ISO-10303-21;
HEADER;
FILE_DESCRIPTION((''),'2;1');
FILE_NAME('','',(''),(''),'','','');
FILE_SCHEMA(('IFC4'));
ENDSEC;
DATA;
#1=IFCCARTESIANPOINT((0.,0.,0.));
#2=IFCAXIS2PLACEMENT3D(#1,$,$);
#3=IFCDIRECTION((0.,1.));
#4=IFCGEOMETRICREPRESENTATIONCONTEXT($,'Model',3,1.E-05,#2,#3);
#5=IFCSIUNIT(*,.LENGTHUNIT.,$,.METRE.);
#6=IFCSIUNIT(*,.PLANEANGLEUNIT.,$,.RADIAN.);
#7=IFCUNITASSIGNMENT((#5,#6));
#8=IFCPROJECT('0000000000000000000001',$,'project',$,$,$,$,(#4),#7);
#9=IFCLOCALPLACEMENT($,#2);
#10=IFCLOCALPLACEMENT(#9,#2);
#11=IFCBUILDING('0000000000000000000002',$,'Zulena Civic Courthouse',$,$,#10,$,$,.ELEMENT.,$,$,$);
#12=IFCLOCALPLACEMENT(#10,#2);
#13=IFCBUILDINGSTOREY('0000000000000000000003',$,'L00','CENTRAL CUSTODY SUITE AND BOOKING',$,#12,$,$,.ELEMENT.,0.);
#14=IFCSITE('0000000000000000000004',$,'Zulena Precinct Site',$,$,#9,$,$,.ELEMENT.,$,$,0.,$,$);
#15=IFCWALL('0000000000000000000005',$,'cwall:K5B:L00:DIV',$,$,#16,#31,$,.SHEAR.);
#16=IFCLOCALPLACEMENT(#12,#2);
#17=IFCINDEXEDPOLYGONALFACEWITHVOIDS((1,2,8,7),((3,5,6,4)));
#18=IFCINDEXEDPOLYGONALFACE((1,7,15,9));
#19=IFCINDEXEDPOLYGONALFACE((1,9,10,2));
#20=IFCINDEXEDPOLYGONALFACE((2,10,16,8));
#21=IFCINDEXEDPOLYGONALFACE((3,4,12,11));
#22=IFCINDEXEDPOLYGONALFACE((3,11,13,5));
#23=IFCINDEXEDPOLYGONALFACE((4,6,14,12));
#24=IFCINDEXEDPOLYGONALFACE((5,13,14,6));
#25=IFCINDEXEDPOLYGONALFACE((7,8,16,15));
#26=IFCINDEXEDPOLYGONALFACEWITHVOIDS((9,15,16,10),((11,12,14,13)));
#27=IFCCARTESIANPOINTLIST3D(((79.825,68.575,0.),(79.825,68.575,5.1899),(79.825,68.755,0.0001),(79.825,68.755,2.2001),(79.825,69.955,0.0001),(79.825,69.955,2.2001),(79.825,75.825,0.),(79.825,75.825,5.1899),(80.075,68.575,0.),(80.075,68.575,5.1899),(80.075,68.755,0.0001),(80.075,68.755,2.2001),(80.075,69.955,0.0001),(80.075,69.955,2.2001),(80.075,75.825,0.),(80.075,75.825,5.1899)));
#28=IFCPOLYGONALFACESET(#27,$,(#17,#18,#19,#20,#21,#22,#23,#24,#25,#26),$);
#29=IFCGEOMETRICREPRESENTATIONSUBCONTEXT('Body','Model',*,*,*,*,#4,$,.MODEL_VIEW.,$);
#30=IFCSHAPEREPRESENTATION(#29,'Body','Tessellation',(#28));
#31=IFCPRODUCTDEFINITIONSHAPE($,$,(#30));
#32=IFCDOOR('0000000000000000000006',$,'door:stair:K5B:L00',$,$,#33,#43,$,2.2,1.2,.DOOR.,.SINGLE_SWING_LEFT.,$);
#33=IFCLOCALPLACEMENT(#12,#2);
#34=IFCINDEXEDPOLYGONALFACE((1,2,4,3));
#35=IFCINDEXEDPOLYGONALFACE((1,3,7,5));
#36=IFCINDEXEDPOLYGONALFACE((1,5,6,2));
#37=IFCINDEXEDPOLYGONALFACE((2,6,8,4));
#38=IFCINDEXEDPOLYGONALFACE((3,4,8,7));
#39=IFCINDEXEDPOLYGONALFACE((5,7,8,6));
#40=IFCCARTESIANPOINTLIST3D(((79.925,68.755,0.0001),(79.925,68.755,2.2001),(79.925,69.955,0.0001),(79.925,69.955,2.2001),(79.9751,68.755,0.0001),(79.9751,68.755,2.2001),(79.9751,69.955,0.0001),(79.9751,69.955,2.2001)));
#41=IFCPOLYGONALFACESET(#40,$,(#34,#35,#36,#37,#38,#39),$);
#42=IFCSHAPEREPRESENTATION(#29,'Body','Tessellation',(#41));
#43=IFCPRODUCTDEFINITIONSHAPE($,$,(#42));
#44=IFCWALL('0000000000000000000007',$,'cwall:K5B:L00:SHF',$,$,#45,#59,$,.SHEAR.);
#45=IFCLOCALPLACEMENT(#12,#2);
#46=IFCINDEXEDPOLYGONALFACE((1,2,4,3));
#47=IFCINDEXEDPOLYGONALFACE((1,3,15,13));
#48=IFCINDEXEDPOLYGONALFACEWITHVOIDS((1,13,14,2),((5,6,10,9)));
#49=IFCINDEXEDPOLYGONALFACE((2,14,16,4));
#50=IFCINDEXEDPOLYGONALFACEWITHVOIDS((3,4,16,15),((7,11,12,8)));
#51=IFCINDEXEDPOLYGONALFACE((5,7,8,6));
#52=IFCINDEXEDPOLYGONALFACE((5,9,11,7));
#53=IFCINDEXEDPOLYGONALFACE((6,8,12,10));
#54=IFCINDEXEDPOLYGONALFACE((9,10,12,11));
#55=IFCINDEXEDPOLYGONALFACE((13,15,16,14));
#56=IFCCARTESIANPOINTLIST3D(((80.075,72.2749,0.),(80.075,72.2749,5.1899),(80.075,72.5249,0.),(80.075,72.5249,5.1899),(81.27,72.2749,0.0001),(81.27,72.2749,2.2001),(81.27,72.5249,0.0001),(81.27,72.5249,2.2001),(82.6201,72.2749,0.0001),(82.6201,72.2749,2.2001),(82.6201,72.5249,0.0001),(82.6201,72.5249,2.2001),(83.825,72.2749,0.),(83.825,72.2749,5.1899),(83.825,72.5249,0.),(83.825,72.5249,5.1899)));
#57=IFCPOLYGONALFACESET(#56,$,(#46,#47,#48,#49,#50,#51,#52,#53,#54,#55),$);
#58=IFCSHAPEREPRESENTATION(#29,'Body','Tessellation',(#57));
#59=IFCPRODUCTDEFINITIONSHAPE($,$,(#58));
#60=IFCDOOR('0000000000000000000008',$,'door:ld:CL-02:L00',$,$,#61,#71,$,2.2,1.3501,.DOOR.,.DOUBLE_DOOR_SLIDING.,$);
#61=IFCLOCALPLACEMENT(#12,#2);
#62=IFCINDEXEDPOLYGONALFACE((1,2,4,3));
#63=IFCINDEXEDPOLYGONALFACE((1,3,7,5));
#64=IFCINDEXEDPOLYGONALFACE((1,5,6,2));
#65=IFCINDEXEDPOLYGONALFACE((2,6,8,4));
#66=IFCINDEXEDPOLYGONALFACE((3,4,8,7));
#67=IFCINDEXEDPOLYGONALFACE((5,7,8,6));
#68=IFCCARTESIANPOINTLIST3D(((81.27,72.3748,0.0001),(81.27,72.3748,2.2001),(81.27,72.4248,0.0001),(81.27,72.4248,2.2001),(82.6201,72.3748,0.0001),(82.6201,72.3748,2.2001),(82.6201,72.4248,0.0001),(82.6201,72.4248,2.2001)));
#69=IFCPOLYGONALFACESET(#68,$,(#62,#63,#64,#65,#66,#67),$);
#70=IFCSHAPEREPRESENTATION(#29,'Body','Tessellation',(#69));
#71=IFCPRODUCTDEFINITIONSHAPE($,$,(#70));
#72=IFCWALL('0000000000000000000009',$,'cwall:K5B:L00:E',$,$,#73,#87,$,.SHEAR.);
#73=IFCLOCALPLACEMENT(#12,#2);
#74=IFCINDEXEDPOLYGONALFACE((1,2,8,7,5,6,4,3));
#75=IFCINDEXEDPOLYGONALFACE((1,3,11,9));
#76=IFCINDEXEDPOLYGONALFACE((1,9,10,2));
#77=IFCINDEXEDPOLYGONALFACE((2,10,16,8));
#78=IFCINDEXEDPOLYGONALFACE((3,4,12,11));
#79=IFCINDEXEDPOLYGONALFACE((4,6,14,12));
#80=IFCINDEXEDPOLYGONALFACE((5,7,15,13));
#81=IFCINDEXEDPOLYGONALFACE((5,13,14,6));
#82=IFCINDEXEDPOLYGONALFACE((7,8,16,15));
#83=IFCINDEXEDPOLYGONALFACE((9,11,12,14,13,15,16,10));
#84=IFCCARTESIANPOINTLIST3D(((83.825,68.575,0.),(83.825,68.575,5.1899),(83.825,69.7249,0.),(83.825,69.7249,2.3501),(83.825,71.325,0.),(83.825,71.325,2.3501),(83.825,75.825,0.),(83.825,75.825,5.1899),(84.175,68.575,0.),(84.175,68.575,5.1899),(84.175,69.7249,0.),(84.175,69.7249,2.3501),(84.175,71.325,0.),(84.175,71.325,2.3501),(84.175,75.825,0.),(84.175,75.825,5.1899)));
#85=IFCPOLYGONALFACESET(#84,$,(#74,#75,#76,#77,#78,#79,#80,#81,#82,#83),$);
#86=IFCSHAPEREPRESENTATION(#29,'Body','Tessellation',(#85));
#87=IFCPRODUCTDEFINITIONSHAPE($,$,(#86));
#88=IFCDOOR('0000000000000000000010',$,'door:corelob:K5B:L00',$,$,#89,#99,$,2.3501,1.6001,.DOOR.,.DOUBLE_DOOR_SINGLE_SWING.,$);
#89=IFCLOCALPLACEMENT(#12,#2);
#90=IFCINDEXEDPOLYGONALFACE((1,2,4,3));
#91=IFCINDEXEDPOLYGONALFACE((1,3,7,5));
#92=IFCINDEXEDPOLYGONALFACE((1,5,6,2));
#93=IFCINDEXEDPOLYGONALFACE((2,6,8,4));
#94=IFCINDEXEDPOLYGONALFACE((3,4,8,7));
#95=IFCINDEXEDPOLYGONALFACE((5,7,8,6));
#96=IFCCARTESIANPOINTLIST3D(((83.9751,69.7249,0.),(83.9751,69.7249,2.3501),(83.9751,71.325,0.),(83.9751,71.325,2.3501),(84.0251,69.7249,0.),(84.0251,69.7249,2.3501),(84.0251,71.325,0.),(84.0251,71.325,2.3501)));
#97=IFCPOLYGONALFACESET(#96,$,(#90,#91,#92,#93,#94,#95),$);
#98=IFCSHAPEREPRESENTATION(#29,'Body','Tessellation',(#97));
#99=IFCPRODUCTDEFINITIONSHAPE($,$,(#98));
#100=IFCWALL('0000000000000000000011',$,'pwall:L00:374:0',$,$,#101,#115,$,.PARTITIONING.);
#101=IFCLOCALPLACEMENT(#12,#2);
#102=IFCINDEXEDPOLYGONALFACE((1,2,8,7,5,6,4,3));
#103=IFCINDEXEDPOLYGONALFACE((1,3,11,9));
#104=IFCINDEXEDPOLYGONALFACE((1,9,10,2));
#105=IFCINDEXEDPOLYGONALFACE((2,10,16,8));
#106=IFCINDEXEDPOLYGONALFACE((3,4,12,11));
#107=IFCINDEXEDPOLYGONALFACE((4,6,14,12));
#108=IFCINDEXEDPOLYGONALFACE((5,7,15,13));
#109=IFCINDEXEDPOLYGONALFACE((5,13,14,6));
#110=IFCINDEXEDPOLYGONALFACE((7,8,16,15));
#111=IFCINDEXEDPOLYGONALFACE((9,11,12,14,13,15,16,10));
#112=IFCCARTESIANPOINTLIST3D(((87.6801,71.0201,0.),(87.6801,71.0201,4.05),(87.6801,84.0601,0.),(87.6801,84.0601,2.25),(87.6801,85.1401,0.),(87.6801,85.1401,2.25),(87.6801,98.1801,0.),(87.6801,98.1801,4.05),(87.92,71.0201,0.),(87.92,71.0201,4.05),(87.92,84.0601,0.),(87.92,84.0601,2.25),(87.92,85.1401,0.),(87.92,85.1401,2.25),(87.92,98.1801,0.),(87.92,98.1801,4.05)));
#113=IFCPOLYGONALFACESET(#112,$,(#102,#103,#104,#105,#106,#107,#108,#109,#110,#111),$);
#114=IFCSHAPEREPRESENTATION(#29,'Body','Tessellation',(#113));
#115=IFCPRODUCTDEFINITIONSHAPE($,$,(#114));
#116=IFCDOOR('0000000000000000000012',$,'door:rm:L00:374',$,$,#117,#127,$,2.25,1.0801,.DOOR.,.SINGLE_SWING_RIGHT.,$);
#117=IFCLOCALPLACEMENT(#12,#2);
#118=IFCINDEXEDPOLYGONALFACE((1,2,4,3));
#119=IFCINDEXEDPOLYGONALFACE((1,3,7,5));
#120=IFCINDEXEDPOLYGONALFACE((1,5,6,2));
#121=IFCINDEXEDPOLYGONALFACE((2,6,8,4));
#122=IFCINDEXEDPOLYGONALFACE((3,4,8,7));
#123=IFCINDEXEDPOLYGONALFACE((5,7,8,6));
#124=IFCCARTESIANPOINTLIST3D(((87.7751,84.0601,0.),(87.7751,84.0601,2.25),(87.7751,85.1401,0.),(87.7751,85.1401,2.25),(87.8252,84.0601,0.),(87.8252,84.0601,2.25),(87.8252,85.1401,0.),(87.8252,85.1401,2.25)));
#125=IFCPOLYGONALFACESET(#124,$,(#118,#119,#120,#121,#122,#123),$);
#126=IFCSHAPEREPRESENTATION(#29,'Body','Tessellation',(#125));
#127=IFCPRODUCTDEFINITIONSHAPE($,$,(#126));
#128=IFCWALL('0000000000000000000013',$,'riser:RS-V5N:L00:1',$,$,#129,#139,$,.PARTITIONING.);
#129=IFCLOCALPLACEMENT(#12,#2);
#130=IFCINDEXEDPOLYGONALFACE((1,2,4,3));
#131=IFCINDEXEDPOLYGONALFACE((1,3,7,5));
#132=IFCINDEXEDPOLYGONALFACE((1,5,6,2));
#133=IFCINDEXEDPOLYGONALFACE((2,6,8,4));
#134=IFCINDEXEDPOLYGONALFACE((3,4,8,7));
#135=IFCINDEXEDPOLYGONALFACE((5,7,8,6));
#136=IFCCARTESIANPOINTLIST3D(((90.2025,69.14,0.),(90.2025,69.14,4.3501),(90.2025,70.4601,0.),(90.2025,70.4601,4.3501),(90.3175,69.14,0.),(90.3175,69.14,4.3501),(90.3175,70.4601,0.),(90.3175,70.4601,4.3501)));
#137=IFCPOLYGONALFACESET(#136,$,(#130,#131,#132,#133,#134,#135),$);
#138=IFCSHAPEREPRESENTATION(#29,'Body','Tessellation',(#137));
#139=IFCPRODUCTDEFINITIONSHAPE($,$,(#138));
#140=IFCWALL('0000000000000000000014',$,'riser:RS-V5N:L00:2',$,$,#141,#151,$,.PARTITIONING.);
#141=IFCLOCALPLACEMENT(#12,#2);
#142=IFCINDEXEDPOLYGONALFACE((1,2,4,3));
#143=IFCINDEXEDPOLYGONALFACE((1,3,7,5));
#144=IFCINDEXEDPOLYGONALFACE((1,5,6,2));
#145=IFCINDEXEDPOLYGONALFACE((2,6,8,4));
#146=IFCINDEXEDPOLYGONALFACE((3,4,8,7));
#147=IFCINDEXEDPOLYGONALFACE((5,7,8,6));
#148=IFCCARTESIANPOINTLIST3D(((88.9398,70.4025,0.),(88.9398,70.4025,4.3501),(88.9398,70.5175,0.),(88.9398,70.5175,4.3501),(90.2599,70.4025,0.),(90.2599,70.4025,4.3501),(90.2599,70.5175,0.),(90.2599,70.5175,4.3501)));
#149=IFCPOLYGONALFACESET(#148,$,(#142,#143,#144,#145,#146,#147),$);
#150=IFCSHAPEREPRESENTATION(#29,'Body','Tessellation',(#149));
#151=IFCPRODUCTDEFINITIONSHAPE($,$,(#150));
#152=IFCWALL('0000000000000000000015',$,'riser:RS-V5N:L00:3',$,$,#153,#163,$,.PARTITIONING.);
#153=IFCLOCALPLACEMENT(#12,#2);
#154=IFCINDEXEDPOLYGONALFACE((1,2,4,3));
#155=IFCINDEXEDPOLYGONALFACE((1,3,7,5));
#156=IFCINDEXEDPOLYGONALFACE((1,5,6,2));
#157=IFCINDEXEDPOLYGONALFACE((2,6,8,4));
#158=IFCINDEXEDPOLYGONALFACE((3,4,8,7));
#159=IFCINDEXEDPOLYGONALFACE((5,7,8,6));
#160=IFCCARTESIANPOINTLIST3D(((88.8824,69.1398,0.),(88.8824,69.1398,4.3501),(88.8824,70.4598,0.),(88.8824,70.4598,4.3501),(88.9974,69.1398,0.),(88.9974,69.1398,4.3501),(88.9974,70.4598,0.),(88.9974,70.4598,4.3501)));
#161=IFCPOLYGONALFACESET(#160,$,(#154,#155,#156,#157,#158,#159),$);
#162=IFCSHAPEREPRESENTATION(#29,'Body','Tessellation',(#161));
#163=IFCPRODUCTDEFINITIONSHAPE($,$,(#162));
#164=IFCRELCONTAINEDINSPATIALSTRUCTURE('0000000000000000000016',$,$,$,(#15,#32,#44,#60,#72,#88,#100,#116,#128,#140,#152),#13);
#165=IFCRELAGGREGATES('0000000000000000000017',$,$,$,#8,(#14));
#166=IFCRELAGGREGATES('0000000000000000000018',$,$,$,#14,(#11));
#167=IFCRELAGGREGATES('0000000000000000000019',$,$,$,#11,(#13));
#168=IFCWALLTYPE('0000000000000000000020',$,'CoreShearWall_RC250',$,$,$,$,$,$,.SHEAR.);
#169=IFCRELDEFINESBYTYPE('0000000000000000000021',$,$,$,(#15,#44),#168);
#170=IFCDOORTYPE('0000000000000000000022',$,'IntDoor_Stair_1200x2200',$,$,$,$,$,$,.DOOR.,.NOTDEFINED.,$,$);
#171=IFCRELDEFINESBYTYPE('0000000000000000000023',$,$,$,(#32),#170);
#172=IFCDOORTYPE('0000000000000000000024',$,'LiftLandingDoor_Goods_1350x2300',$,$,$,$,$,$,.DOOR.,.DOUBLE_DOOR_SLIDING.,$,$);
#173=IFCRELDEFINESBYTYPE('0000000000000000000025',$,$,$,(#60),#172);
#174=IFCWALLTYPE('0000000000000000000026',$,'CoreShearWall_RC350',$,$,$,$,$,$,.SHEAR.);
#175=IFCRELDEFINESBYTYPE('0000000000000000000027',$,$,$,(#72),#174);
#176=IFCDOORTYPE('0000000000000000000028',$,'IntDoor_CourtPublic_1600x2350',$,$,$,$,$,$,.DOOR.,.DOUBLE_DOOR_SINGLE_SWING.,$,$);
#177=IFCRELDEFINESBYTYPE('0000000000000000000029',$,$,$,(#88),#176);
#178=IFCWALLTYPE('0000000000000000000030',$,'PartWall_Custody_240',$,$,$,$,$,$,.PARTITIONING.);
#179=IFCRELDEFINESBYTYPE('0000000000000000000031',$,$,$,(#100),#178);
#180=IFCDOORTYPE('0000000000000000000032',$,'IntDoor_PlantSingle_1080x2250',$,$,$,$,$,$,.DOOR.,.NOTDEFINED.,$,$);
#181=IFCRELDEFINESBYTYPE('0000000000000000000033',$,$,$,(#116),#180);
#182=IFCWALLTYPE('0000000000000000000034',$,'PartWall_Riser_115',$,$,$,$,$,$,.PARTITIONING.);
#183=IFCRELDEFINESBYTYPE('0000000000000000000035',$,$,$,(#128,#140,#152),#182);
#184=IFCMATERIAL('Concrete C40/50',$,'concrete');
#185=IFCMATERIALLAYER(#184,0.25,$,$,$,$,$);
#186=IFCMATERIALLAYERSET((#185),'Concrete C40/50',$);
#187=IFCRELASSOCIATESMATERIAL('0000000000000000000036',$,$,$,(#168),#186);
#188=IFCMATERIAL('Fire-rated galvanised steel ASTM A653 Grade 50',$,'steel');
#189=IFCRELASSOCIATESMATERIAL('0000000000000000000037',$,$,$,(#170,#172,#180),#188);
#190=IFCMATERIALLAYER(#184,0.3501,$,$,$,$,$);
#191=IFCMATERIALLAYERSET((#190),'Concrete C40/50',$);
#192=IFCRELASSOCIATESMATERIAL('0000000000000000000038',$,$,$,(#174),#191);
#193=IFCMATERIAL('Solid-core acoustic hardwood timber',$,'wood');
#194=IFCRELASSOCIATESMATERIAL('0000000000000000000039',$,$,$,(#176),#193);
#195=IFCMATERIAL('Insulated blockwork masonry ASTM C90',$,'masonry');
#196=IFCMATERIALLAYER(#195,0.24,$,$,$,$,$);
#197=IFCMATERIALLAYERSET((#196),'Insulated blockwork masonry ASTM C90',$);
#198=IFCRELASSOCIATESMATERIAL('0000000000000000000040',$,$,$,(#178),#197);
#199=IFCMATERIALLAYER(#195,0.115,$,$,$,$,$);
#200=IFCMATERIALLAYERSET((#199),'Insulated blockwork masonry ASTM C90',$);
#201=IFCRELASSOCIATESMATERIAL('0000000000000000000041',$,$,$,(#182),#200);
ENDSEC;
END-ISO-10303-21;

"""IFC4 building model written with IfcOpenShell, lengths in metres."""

from ifc_helpers import new_model, si_unit, direction, frame, frame_2d, origin, place, context, subcontext, project, spatial, rectangle, extrude, material, layer, layer_set, type_object, element, fill, save


model = new_model("IFC4")

# Units and contexts
model_context = context("Model", 3, precision=1e-05, world=origin(), true_north=direction((0.0, 1.0)))
body_context = subcontext(model_context, "Body", "Model", "MODEL_VIEW")
ifc_project = project(units=[si_unit("LENGTHUNIT", "METRE"), si_unit("PLANEANGLEUNIT", "RADIAN")], contexts=[model_context])

# Site, building, storey
site_placement = place(None, origin())
site = spatial("IfcSite", under=ifc_project, at=site_placement, Name="Zulena Precinct Site", CompositionType="ELEMENT", RefElevation=0.0)
building_placement = place(site_placement, origin())
building = spatial("IfcBuilding", under=site, at=building_placement, Name="Zulena Civic Courthouse", CompositionType="ELEMENT")
storey_placement = place(building_placement, origin())
storey = spatial("IfcBuildingStorey", under=building, at=storey_placement, Name="L00", Description="CENTRAL CUSTODY SUITE AND BOOKING", CompositionType="ELEMENT", Elevation=0.0)

# Walls, openings, doors
ifc_material_1 = material(Name="Concrete C40/50", Category="concrete")
ifc_layer_1 = layer(ifc_material_1, 0.25)
ifc_layer_set_1 = layer_set([ifc_layer_1], Name="Concrete C40/50")
wall_type_1 = type_object("IfcWallType", Name="CoreShearWall_RC250", PredefinedType="SHEAR", material=ifc_layer_set_1)
wall_1_placement = place(storey_placement, frame((79.95, 68.575, 0.0), z_axis=(0.0, 0.0, 1.0), x_axis=(0.0, 1.0, 0.0)))
wall_1 = element("IfcWall", 1, at=wall_1_placement, inside=storey, type_object=wall_type_1, Name="cwall:K5B:L00:DIV", PredefinedType="SHEAR", context=body_context, shape_type="SweptSolid", body=[
    extrude(rectangle(XDim=7.25, YDim=0.25, at=frame_2d((3.625, 0.0))), origin(), (0.0, 0.0, 1.0), 5.1899),
])
opening_1_placement = place(wall_1_placement, frame((0.1799, 0.0, 0.0)))
opening_1 = element("IfcOpeningElement", 2, at=opening_1_placement, cuts=wall_1, PredefinedType="OPENING", context=body_context, shape_type="SweptSolid", body=[
    extrude(rectangle(XDim=1.2, YDim=2.2, at=frame_2d((0.6001, 1.1001))), frame((0.0, 0.135, 0.0), z_axis=(0.0, -1.0, 0.0), x_axis=(1.0, 0.0, 0.0)), (0.0, 0.0, 1.0), 0.27),
])
ifc_material_2 = material(Name="Fire-rated galvanised steel ASTM A653 Grade 50", Category="steel")
door_type_1 = type_object("IfcDoorType", Name="IntDoor_Stair_1200x2200", OperationType="NOTDEFINED", PredefinedType="DOOR", material=ifc_material_2)
door_1_placement = place(opening_1_placement, origin())
door_1 = element("IfcDoor", 3, at=door_1_placement, inside=storey, type_object=door_type_1, Name="door:stair:K5B:L00", OperationType="SINGLE_SWING_LEFT", OverallHeight=2.2, OverallWidth=1.2, PredefinedType="DOOR", context=body_context, shape_type="SweptSolid", body=[
    extrude(rectangle(XDim=1.2, YDim=2.2, at=frame_2d((0.6001, 1.1001))), frame((0.0, 0.0249, 0.0), z_axis=(0.0, -1.0, 0.0), x_axis=(1.0, 0.0, 0.0)), (0.0, 0.0, 1.0), 0.05),
])
fill(opening_1, door_1)
wall_2_placement = place(storey_placement, frame((80.075, 72.3999, 0.0), z_axis=(0.0, 0.0, 1.0), x_axis=(1.0, 0.0, 0.0)))
wall_2 = element("IfcWall", 4, at=wall_2_placement, inside=storey, type_object=wall_type_1, Name="cwall:K5B:L00:SHF", PredefinedType="SHEAR", context=body_context, shape_type="SweptSolid", body=[
    extrude(rectangle(XDim=3.75, YDim=0.25, at=frame_2d((1.875, 0.0))), origin(), (0.0, 0.0, 1.0), 5.1899),
])
opening_2_placement = place(wall_2_placement, frame((1.1951, 0.0, 0.0)))
opening_2 = element("IfcOpeningElement", 5, at=opening_2_placement, cuts=wall_2, PredefinedType="OPENING", context=body_context, shape_type="SweptSolid", body=[
    extrude(rectangle(XDim=1.3501, YDim=2.2, at=frame_2d((0.675, 1.1001))), frame((0.0, 0.135, 0.0), z_axis=(0.0, -1.0, 0.0), x_axis=(1.0, 0.0, 0.0)), (0.0, 0.0, 1.0), 0.27),
])
door_type_2 = type_object("IfcDoorType", Name="LiftLandingDoor_Goods_1350x2300", OperationType="DOUBLE_DOOR_SLIDING", PredefinedType="DOOR", material=ifc_material_2)
door_2_placement = place(opening_2_placement, origin())
door_2 = element("IfcDoor", 6, at=door_2_placement, inside=storey, type_object=door_type_2, Name="door:ld:CL-02:L00", OperationType="DOUBLE_DOOR_SLIDING", OverallHeight=2.2, OverallWidth=1.3501, PredefinedType="DOOR", context=body_context, shape_type="SweptSolid", body=[
    extrude(rectangle(XDim=1.3501, YDim=2.2, at=frame_2d((0.675, 1.1001))), frame((0.0, 0.0249, 0.0), z_axis=(0.0, -1.0, 0.0), x_axis=(1.0, 0.0, 0.0)), (0.0, 0.0, 1.0), 0.05),
])
fill(opening_2, door_2)
ifc_layer_2 = layer(ifc_material_1, 0.3501)
ifc_layer_set_2 = layer_set([ifc_layer_2], Name="Concrete C40/50")
wall_type_2 = type_object("IfcWallType", Name="CoreShearWall_RC350", PredefinedType="SHEAR", material=ifc_layer_set_2)
wall_3_placement = place(storey_placement, frame((84.0, 68.575, 0.0), z_axis=(0.0, 0.0, 1.0), x_axis=(0.0, 1.0, 0.0)))
wall_3 = element("IfcWall", 7, at=wall_3_placement, inside=storey, type_object=wall_type_2, Name="cwall:K5B:L00:E", PredefinedType="SHEAR", context=body_context, shape_type="SweptSolid", body=[
    extrude(rectangle(XDim=7.25, YDim=0.3501, at=frame_2d((3.625, 0.0))), origin(), (0.0, 0.0, 1.0), 5.1899),
])
opening_3_placement = place(wall_3_placement, frame((1.1499, 0.0, 0.0)))
opening_3 = element("IfcOpeningElement", 8, at=opening_3_placement, cuts=wall_3, PredefinedType="OPENING", context=body_context, shape_type="SweptSolid", body=[
    extrude(rectangle(XDim=1.6001, YDim=2.3501, at=frame_2d((0.8, 1.175))), frame((0.0, 0.1851, 0.0), z_axis=(0.0, -1.0, 0.0), x_axis=(1.0, 0.0, 0.0)), (0.0, 0.0, 1.0), 0.3701),
])
ifc_material_3 = material(Name="Solid-core acoustic hardwood timber", Category="wood")
door_type_3 = type_object("IfcDoorType", Name="IntDoor_CourtPublic_1600x2350", OperationType="DOUBLE_DOOR_SINGLE_SWING", PredefinedType="DOOR", material=ifc_material_3)
door_3_placement = place(opening_3_placement, origin())
door_3 = element("IfcDoor", 9, at=door_3_placement, inside=storey, type_object=door_type_3, Name="door:corelob:K5B:L00", OperationType="DOUBLE_DOOR_SINGLE_SWING", OverallHeight=2.3501, OverallWidth=1.6001, PredefinedType="DOOR", context=body_context, shape_type="SweptSolid", body=[
    extrude(rectangle(XDim=1.6001, YDim=2.3501, at=frame_2d((0.8, 1.175))), frame((0.0, 0.0249, 0.0), z_axis=(0.0, -1.0, 0.0), x_axis=(1.0, 0.0, 0.0)), (0.0, 0.0, 1.0), 0.05),
])
fill(opening_3, door_3)
ifc_material_4 = material(Name="Insulated blockwork masonry ASTM C90", Category="masonry")
ifc_layer_3 = layer(ifc_material_4, 0.24)
ifc_layer_set_3 = layer_set([ifc_layer_3], Name="Insulated blockwork masonry ASTM C90")
wall_type_3 = type_object("IfcWallType", Name="PartWall_Custody_240", PredefinedType="PARTITIONING", material=ifc_layer_set_3)
wall_4_placement = place(storey_placement, frame((87.8, 71.02, 0.0), z_axis=(0.0, 0.0, 1.0), x_axis=(0.0, 1.0, 0.0)))
wall_4 = element("IfcWall", 10, at=wall_4_placement, inside=storey, type_object=wall_type_3, Name="pwall:L00:374:0", PredefinedType="PARTITIONING", context=body_context, shape_type="SweptSolid", body=[
    extrude(rectangle(XDim=27.1599, YDim=0.24, at=frame_2d((13.5801, 0.0))), origin(), (0.0, 0.0, 1.0), 4.05),
])
opening_4_placement = place(wall_4_placement, frame((13.04, 0.0, 0.0)))
opening_4 = element("IfcOpeningElement", 11, at=opening_4_placement, cuts=wall_4, PredefinedType="OPENING", context=body_context, shape_type="SweptSolid", body=[
    extrude(rectangle(XDim=1.0801, YDim=2.25, at=frame_2d((0.54, 1.125))), frame((0.0, 0.1299, 0.0), z_axis=(0.0, -1.0, 0.0), x_axis=(1.0, 0.0, 0.0)), (0.0, 0.0, 1.0), 0.26),
])
door_type_4 = type_object("IfcDoorType", Name="IntDoor_PlantSingle_1080x2250", OperationType="NOTDEFINED", PredefinedType="DOOR", material=ifc_material_2)
door_4_placement = place(opening_4_placement, origin())
door_4 = element("IfcDoor", 12, at=door_4_placement, inside=storey, type_object=door_type_4, Name="door:rm:L00:374", OperationType="SINGLE_SWING_RIGHT", OverallHeight=2.25, OverallWidth=1.0801, PredefinedType="DOOR", context=body_context, shape_type="SweptSolid", body=[
    extrude(rectangle(XDim=1.0801, YDim=2.25, at=frame_2d((0.54, 1.125))), frame((0.0, 0.0249, 0.0), z_axis=(0.0, -1.0, 0.0), x_axis=(1.0, 0.0, 0.0)), (0.0, 0.0, 1.0), 0.05),
])
fill(opening_4, door_4)

# Walls
ifc_layer_4 = layer(ifc_material_4, 0.115)
ifc_layer_set_4 = layer_set([ifc_layer_4], Name="Insulated blockwork masonry ASTM C90")
wall_type_4 = type_object("IfcWallType", Name="PartWall_Riser_115", PredefinedType="PARTITIONING", material=ifc_layer_set_4)
for number, where, z_axis, x_axis, name in (
    (13, (90.26, 69.1399, 0.0), (0.0, 0.0, 1.0), (0.0, 1.0, 0.0), "riser:RS-V5N:L00:1"),
    (14, (90.26, 70.46, 0.0), (0.0, 0.0, 1.0), (-1.0, 0.0, 0.0), "riser:RS-V5N:L00:2"),
    (15, (88.9399, 70.46, 0.0), (0.0, 0.0, 1.0), (0.0, -1.0, 0.0), "riser:RS-V5N:L00:3"),
):
    element("IfcWall", number, at=place(storey_placement, frame(where, z_axis=z_axis, x_axis=x_axis)), inside=storey, type_object=wall_type_4, Name=name, PredefinedType="PARTITIONING", context=body_context, shape_type="SweptSolid", body=[
        extrude(rectangle(XDim=1.3201, YDim=0.115, at=frame_2d((0.6602, 0.0))), origin(), (0.0, 0.0, 1.0), 4.3501),
    ])

save(model, "model.ifc")
